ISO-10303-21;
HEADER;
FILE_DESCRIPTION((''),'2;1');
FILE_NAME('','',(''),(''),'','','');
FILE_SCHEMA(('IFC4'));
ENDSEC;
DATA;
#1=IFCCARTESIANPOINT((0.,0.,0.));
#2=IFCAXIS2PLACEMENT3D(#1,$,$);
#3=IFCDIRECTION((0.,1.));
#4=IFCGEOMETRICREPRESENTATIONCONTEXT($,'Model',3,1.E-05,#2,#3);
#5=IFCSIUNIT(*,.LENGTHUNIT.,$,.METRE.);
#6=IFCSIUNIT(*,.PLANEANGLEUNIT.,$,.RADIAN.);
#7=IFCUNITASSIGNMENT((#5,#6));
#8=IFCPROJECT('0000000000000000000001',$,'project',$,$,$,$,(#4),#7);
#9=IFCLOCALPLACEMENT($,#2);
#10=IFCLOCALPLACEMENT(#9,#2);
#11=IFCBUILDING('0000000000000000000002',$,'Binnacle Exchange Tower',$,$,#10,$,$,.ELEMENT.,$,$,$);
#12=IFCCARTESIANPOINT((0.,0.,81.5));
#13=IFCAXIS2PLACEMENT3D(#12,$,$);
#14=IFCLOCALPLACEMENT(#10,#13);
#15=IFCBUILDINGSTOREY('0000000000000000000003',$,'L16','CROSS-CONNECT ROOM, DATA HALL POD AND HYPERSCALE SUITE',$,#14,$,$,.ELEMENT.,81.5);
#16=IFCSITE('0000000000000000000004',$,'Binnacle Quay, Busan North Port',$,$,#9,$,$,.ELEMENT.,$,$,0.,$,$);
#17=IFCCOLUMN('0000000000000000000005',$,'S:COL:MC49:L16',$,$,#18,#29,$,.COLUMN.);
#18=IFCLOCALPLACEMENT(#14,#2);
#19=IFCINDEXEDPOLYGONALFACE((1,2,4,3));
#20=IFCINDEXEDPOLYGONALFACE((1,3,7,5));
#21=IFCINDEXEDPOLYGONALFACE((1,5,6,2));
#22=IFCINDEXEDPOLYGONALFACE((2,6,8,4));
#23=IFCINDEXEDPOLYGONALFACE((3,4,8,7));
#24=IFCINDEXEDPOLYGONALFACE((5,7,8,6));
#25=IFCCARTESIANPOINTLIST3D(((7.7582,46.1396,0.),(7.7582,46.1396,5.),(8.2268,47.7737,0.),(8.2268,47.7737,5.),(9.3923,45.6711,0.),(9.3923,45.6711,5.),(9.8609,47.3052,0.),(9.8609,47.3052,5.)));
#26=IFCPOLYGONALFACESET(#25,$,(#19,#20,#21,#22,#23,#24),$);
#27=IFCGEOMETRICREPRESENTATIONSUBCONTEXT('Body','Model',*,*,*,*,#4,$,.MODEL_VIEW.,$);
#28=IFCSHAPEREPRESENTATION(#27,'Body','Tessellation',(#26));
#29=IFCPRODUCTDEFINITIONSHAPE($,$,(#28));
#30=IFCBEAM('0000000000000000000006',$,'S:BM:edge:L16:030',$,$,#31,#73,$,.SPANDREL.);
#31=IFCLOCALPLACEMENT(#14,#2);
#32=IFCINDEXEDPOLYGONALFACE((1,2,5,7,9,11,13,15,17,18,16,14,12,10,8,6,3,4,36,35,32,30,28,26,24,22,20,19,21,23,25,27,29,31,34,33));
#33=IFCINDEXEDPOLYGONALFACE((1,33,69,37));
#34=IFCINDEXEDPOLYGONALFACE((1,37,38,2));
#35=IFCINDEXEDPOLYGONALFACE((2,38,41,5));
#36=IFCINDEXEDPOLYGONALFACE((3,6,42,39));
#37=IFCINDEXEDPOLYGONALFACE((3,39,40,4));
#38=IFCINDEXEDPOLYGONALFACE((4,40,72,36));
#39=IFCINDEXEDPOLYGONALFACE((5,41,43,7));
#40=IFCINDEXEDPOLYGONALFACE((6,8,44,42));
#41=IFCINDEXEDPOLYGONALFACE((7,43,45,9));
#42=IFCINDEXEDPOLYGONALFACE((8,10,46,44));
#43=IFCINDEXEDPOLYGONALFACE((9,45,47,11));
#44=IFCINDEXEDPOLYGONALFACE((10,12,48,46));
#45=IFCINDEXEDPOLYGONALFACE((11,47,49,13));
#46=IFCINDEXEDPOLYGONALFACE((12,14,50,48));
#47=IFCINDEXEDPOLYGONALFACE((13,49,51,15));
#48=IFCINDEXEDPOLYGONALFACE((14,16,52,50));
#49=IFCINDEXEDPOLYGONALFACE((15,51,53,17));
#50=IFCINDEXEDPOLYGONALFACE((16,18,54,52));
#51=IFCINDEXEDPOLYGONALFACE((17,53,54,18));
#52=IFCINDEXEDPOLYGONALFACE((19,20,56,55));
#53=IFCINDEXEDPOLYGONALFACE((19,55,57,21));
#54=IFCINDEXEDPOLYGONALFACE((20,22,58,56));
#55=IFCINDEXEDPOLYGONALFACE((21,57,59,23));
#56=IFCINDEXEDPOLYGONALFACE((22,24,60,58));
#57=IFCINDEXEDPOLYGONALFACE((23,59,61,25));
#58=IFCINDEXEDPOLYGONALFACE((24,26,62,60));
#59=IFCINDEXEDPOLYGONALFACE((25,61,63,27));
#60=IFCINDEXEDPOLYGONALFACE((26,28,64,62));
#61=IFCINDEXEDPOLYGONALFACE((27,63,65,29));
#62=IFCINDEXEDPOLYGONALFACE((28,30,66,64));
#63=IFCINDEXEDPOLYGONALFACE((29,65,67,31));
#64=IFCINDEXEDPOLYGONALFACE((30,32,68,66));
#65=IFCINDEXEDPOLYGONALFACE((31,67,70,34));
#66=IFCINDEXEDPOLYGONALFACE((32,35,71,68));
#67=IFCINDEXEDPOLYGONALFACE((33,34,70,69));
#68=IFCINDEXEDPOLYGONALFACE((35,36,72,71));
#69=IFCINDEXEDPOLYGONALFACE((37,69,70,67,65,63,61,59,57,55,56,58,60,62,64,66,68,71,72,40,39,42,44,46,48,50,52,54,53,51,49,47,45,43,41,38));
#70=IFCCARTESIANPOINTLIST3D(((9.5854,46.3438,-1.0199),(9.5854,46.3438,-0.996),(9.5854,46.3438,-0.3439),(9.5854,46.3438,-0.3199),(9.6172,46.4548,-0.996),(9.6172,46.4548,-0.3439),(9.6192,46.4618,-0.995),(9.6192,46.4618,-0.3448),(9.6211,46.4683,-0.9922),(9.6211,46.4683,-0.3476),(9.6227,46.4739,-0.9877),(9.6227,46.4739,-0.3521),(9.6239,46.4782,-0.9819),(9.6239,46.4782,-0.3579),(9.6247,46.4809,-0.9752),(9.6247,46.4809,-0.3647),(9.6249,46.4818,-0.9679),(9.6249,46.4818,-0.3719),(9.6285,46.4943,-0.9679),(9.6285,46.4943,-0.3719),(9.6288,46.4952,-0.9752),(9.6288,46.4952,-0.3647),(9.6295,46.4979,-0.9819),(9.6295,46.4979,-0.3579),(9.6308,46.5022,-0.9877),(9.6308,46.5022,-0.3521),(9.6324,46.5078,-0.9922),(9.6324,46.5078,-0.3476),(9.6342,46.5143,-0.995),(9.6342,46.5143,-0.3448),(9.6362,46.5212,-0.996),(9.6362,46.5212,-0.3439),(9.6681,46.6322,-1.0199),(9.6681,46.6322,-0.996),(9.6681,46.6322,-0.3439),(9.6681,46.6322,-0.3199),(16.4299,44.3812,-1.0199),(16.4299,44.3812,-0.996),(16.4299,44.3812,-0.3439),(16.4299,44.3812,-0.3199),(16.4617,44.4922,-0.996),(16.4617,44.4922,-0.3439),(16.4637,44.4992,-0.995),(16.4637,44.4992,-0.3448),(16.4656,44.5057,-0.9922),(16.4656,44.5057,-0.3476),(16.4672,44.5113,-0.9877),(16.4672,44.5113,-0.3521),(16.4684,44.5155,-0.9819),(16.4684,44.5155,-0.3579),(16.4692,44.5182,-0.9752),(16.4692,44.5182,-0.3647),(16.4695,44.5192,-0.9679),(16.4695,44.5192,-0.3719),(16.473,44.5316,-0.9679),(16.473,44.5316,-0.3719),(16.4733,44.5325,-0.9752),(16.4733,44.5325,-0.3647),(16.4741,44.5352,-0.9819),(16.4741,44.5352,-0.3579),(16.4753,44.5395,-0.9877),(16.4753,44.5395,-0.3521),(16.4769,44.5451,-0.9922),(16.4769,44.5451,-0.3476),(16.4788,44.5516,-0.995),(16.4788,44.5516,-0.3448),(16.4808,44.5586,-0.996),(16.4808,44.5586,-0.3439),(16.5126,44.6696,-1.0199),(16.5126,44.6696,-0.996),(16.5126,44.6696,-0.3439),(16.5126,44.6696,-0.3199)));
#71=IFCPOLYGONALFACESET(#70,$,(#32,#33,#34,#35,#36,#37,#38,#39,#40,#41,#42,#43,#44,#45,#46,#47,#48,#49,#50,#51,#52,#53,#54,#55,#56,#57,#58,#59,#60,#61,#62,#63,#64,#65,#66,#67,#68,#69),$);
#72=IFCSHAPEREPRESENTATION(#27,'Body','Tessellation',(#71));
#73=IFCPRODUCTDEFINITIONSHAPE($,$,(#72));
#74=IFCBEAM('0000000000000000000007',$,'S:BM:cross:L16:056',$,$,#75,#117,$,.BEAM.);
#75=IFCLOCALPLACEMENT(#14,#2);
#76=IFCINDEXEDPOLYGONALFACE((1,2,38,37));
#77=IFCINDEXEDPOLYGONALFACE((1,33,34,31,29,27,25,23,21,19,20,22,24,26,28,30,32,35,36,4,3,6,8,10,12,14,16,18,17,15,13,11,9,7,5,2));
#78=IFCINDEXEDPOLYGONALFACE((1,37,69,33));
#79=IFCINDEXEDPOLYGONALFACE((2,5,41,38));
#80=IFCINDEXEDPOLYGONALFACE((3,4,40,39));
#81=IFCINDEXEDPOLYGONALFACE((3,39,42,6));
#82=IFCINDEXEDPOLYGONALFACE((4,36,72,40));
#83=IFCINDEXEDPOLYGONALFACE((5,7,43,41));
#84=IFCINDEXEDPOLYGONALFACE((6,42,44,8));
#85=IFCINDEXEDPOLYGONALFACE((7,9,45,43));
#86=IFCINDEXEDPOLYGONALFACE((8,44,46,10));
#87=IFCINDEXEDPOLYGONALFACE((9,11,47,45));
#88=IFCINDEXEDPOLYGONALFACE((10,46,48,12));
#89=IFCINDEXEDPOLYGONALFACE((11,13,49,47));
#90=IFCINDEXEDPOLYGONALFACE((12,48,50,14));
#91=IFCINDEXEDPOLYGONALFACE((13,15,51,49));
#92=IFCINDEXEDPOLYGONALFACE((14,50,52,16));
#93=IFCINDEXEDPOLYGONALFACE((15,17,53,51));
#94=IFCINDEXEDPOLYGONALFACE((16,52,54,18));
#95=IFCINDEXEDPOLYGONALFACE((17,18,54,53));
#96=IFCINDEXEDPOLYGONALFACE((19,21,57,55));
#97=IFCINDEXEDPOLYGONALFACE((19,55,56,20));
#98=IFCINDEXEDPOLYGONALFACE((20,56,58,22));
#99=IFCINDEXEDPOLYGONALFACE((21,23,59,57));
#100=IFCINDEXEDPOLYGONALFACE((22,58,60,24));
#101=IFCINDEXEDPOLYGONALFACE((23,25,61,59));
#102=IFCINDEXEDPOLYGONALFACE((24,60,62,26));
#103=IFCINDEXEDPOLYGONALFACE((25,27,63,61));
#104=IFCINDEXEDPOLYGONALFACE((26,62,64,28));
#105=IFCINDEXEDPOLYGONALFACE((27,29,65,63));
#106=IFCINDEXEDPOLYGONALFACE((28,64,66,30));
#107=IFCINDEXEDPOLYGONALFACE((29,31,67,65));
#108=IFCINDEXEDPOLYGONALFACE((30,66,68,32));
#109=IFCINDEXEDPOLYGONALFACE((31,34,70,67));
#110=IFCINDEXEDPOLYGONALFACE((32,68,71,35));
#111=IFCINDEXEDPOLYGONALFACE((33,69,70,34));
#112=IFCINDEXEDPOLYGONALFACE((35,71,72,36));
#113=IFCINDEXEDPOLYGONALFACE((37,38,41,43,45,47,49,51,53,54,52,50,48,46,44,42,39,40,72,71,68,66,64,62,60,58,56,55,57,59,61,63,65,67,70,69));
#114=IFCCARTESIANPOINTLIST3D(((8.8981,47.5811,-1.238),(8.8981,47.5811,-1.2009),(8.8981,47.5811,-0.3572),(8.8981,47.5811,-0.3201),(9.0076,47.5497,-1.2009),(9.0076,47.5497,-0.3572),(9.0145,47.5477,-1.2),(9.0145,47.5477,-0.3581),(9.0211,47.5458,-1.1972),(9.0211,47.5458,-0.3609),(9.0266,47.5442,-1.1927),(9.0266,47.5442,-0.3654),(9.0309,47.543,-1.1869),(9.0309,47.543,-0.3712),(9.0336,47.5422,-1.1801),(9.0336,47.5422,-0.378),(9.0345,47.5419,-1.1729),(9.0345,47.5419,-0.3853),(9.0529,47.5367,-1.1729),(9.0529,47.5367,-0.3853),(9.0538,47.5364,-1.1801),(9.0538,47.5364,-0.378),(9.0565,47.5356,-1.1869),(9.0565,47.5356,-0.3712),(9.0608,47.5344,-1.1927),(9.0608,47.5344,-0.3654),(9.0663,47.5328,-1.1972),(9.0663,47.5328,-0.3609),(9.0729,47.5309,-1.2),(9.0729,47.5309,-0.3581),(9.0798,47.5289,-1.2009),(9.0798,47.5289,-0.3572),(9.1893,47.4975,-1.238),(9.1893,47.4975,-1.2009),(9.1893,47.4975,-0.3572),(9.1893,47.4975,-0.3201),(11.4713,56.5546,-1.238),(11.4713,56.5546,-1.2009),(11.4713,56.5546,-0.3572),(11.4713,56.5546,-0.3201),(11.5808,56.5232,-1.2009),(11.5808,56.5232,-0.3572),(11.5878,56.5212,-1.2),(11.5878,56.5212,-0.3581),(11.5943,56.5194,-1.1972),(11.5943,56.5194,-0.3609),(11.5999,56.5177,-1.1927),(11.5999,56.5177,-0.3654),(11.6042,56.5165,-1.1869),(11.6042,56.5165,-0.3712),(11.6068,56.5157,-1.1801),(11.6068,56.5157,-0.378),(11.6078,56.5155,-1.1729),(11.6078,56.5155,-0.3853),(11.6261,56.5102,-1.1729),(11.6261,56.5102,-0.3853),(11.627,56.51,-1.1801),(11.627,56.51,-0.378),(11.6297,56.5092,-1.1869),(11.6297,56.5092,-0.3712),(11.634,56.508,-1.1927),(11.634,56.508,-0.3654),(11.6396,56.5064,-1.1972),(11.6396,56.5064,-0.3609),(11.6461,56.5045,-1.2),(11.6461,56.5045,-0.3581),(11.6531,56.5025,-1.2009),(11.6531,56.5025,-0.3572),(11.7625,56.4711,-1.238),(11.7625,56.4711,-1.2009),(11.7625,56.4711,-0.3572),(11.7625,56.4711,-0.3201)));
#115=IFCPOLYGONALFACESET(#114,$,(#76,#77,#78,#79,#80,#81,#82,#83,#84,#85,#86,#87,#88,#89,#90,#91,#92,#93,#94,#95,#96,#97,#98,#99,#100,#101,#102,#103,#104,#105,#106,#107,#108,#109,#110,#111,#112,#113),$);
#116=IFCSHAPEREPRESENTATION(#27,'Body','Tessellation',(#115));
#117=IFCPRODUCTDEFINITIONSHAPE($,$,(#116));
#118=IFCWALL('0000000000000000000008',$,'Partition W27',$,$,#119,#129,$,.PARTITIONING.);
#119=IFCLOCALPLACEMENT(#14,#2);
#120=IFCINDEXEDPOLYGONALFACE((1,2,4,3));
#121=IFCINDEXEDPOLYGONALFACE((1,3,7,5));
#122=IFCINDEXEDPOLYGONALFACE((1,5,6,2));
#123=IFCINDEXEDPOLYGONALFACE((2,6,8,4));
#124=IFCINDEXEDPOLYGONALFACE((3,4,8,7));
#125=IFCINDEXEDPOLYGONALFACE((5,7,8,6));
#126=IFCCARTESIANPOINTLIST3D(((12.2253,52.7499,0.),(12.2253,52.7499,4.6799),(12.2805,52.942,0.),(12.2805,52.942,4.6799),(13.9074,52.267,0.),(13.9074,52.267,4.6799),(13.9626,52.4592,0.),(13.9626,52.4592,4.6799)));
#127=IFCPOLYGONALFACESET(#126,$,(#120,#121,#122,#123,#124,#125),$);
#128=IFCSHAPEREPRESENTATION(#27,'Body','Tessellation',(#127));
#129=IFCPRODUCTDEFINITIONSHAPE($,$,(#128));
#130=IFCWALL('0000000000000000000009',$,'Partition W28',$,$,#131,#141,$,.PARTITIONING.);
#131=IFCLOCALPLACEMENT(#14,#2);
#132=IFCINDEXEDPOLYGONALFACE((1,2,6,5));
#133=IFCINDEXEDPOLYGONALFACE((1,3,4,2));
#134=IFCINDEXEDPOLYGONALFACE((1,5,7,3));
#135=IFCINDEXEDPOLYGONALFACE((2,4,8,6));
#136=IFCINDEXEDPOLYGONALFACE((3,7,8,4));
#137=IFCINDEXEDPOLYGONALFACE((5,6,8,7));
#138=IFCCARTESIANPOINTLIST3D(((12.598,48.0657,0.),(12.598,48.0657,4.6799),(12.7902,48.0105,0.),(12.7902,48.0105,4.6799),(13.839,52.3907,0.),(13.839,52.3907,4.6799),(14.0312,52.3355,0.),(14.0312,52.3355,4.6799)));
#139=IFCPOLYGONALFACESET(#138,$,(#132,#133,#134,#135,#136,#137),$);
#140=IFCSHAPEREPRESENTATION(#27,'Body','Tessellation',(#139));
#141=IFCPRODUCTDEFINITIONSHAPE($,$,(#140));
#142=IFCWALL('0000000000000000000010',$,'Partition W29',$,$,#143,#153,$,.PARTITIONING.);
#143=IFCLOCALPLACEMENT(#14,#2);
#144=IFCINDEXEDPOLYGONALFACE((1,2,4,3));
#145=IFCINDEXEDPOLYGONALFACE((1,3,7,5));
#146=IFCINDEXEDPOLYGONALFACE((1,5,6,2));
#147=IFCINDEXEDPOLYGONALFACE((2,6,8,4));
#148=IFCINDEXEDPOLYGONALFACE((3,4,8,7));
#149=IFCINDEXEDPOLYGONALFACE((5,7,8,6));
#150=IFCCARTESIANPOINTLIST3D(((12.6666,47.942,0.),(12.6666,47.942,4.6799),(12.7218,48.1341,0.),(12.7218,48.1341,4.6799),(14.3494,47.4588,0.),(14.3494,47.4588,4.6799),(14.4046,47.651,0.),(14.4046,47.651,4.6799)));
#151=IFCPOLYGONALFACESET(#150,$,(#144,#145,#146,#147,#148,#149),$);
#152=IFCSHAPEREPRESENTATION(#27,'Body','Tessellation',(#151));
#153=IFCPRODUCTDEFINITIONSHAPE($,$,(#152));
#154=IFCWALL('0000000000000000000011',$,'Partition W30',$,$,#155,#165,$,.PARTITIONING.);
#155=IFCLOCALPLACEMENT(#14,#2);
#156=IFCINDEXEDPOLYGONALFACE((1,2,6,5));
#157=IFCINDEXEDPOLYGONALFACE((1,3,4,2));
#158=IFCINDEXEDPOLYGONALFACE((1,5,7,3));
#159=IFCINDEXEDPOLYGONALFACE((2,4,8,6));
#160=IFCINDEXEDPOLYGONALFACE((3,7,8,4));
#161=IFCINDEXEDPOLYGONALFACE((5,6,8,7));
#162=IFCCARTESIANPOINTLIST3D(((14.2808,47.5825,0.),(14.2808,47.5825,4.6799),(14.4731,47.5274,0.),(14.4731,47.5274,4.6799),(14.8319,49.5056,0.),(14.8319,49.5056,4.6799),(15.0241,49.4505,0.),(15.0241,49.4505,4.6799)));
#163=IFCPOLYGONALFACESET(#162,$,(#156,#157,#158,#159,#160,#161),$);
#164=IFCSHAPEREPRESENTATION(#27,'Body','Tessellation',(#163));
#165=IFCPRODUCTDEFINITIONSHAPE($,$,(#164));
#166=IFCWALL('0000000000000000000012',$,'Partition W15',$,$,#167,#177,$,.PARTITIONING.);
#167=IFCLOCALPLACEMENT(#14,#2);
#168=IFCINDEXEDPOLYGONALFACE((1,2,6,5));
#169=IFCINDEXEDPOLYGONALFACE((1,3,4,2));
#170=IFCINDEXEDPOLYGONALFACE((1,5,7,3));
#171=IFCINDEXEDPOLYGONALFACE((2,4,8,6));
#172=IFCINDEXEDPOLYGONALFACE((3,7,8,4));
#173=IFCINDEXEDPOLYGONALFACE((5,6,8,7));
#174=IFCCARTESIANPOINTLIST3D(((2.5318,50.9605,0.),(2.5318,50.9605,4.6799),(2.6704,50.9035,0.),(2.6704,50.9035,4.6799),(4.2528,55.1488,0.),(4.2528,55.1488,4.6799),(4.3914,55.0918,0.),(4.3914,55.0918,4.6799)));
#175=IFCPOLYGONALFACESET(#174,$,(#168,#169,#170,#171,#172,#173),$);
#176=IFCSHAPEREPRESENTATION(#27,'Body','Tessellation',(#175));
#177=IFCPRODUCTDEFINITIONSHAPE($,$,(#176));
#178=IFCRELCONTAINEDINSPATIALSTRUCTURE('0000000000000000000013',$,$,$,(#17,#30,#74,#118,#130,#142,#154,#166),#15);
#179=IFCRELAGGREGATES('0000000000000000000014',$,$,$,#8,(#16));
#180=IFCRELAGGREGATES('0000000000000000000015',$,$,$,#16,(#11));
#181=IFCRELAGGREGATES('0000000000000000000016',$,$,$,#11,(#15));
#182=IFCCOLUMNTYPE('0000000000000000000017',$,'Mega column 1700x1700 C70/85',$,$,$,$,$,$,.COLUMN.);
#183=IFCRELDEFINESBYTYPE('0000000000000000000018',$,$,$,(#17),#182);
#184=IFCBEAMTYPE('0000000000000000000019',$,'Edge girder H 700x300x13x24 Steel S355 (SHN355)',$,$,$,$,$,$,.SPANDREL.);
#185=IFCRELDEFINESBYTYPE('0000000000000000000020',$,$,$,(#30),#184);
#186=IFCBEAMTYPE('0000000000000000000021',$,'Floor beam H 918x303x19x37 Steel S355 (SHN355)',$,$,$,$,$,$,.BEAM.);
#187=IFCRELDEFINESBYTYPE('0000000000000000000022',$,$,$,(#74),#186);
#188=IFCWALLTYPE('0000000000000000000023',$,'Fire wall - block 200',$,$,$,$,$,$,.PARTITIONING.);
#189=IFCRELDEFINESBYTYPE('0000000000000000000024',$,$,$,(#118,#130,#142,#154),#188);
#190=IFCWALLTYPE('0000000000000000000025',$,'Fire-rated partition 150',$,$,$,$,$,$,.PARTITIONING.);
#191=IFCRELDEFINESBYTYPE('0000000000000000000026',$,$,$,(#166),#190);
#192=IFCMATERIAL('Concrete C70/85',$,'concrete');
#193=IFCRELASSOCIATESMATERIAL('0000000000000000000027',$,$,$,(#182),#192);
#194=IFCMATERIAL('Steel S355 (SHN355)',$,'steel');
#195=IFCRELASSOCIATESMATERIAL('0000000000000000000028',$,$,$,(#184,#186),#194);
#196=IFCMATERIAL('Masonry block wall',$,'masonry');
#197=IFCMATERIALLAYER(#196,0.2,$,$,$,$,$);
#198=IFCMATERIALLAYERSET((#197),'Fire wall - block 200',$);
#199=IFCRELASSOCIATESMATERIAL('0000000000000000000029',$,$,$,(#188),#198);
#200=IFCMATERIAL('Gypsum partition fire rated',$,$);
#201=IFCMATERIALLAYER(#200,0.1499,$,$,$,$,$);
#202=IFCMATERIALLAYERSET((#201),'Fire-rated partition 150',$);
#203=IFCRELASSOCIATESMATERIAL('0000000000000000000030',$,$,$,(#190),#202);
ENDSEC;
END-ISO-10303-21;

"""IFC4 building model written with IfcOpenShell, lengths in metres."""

from ifc_helpers import new_model, si_unit, direction, frame, frame_2d, origin, origin_2d, place, context, subcontext, project, spatial, rectangle, i_section, extrude, material, layer, layer_set, material_profile, profile_set, type_object, element, save


model = new_model("IFC4")

# Units and contexts
model_context = context("Model", 3, precision=1e-05, world=origin(), true_north=direction((0.0, 1.0)))
body_context = subcontext(model_context, "Body", "Model", "MODEL_VIEW")
ifc_project = project(units=[si_unit("LENGTHUNIT", "METRE"), si_unit("PLANEANGLEUNIT", "RADIAN")], contexts=[model_context])

# Site, building, storey
site_placement = place(None, origin())
site = spatial("IfcSite", under=ifc_project, at=site_placement, Name="Binnacle Quay, Busan North Port", CompositionType="ELEMENT", RefElevation=0.0)
building_placement = place(site_placement, origin())
building = spatial("IfcBuilding", under=site, at=building_placement, Name="Binnacle Exchange Tower", CompositionType="ELEMENT")
storey_placement = place(building_placement, frame((0.0, 0.0, 81.5)))
storey = spatial("IfcBuildingStorey", under=building, at=storey_placement, Name="L16", Description="CROSS-CONNECT ROOM, DATA HALL POD AND HYPERSCALE SUITE", CompositionType="ELEMENT", Elevation=81.5)

# Column
ifc_material_1 = material(Name="Concrete C70/85", Category="concrete")
ifc_material_profile_1 = material_profile(ifc_material_1, rectangle(XDim=1.7, YDim=1.7, at=origin_2d()), Name="Mega column 1700x1700 C70/85")
ifc_profile_set_1 = profile_set([ifc_material_profile_1], Name="Concrete C70/85")
column_type = type_object("IfcColumnType", Name="Mega column 1700x1700 C70/85", PredefinedType="COLUMN", material=ifc_profile_set_1)
column_placement = place(storey_placement, frame((8.8096, 46.7224, 0.0), z_axis=(0.0, 0.0, 1.0), x_axis=(0.961262, -0.275637, 0.0)))
element("IfcColumn", 1, at=column_placement, inside=storey, type_object=column_type, Name="S:COL:MC49:L16", PredefinedType="COLUMN", context=body_context, shape_type="SweptSolid", body=[
    extrude(rectangle(XDim=1.7, YDim=1.7, at=origin_2d()), origin(), (0.0, 0.0, 1.0), 5.0),
])

# Beams
ifc_material_2 = material(Name="Steel S355 (SHN355)", Category="steel")
ifc_material_profile_2 = material_profile(ifc_material_2, i_section(OverallWidth=0.3, OverallDepth=0.7, WebThickness=0.0129, FlangeThickness=0.0239, FilletRadius=0.0281, at=origin_2d()), Name="H 700x300x13x24")
ifc_profile_set_2 = profile_set([ifc_material_profile_2], Name="Steel S355 (SHN355)")
beam_type_1 = type_object("IfcBeamType", Name="Edge girder H 700x300x13x24 Steel S355 (SHN355)", PredefinedType="SPANDREL", material=ifc_profile_set_2)
beam_1_placement = place(storey_placement, frame((9.6267, 46.488, -0.6699), z_axis=(0.961261, -0.27564, 0.0), x_axis=(0.27564, 0.961261, 0.0)))
element("IfcBeam", 2, at=beam_1_placement, inside=storey, type_object=beam_type_1, Name="S:BM:edge:L16:030", PredefinedType="SPANDREL", context=body_context, shape_type="SweptSolid", body=[
    extrude(i_section(OverallWidth=0.3, OverallDepth=0.7, WebThickness=0.0129, FlangeThickness=0.0239, FilletRadius=0.0281, at=origin_2d()), origin(), (0.0, 0.0, 1.0), 7.1204),
])
ifc_material_profile_3 = material_profile(ifc_material_2, i_section(OverallWidth=0.303, OverallDepth=0.918, WebThickness=0.019, FlangeThickness=0.0371, FilletRadius=0.0281, at=origin_2d()), Name="H 918x303x19x37")
ifc_profile_set_3 = profile_set([ifc_material_profile_3], Name="Steel S355 (SHN355)")
beam_type_2 = type_object("IfcBeamType", Name="Floor beam H 918x303x19x37 Steel S355 (SHN355)", PredefinedType="BEAM", material=ifc_profile_set_3)
beam_2_placement = place(storey_placement, frame((9.0437, 47.5393, -0.7791), z_axis=(0.275647, 0.961259, 0.0), x_axis=(-0.961259, 0.275647, 0.0)))
element("IfcBeam", 3, at=beam_2_placement, inside=storey, type_object=beam_type_2, Name="S:BM:cross:L16:056", PredefinedType="BEAM", context=body_context, shape_type="SweptSolid", body=[
    extrude(i_section(OverallWidth=0.303, OverallDepth=0.918, WebThickness=0.019, FlangeThickness=0.0371, FilletRadius=0.0281, at=origin_2d()), origin(), (0.0, 0.0, 1.0), 9.3352),
])

# Walls
ifc_material_3 = material(Name="Masonry block wall", Category="masonry")
ifc_layer_1 = layer(ifc_material_3, 0.2)
ifc_layer_set_1 = layer_set([ifc_layer_1], Name="Fire wall - block 200")
wall_type_1 = type_object("IfcWallType", Name="Fire wall - block 200", PredefinedType="PARTITIONING", material=ifc_layer_set_1)
wall_1_placement = place(storey_placement, frame((12.2529, 52.8459, 0.0), z_axis=(0.0, 0.0, 1.0), x_axis=(0.961176, -0.275937, 0.0)))
element("IfcWall", 4, at=wall_1_placement, inside=storey, type_object=wall_type_1, Name="Partition W27", PredefinedType="PARTITIONING", context=body_context, shape_type="SweptSolid", body=[
    extrude(rectangle(XDim=1.75, YDim=0.2, at=frame_2d((0.875, 0.0))), origin(), (0.0, 0.0, 1.0), 4.6799),
])
wall_2_placement = place(storey_placement, frame((12.6941, 48.0381, 0.0), z_axis=(0.0, 0.0, 1.0), x_axis=(0.275803, 0.961214, 0.0)))
element("IfcWall", 5, at=wall_2_placement, inside=storey, type_object=wall_type_1, Name="Partition W28", PredefinedType="PARTITIONING", context=body_context, shape_type="SweptSolid", body=[
    extrude(rectangle(XDim=4.4995, YDim=0.2, at=frame_2d((2.2498, 0.0))), origin(), (0.0, 0.0, 1.0), 4.6799),
])
wall_3_placement = place(storey_placement, frame((12.6941, 48.0381, 0.0), z_axis=(0.0, 0.0, 1.0), x_axis=(0.961171, -0.275955, 0.0)))
element("IfcWall", 6, at=wall_3_placement, inside=storey, type_object=wall_type_1, Name="Partition W29", PredefinedType="PARTITIONING", context=body_context, shape_type="SweptSolid", body=[
    extrude(rectangle(XDim=1.7507, YDim=0.2, at=frame_2d((0.8755, 0.0))), origin(), (0.0, 0.0, 1.0), 4.6799),
])
wall_4_placement = place(storey_placement, frame((14.377, 47.5549, 0.0), z_axis=(0.0, 0.0, 1.0), x_axis=(0.275446, 0.961316, 0.0)))
element("IfcWall", 7, at=wall_4_placement, inside=storey, type_object=wall_type_1, Name="Partition W30", PredefinedType="PARTITIONING", context=body_context, shape_type="SweptSolid", body=[
    extrude(rectangle(XDim=2.0005, YDim=0.2, at=frame_2d((1.0002, 0.0))), origin(), (0.0, 0.0, 1.0), 4.6799),
])
ifc_material_4 = material(Name="Gypsum partition fire rated")
ifc_layer_2 = layer(ifc_material_4, 0.1499)
ifc_layer_set_2 = layer_set([ifc_layer_2], Name="Fire-rated partition 150")
wall_type_2 = type_object("IfcWallType", Name="Fire-rated partition 150", PredefinedType="PARTITIONING", material=ifc_layer_set_2)
wall_5_placement = place(storey_placement, frame((2.6011, 50.9319, 0.0), z_axis=(0.0, 0.0, 1.0), x_axis=(0.380066, 0.924959, 0.0)))
element("IfcWall", 8, at=wall_5_placement, inside=storey, type_object=wall_type_2, Name="Partition W15", PredefinedType="PARTITIONING", context=body_context, shape_type="SweptSolid", body=[
    extrude(rectangle(XDim=4.5281, YDim=0.1499, at=frame_2d((2.2642, 0.0))), origin(), (0.0, 0.0, 1.0), 4.6799),
])

save(model, "model.ifc")
